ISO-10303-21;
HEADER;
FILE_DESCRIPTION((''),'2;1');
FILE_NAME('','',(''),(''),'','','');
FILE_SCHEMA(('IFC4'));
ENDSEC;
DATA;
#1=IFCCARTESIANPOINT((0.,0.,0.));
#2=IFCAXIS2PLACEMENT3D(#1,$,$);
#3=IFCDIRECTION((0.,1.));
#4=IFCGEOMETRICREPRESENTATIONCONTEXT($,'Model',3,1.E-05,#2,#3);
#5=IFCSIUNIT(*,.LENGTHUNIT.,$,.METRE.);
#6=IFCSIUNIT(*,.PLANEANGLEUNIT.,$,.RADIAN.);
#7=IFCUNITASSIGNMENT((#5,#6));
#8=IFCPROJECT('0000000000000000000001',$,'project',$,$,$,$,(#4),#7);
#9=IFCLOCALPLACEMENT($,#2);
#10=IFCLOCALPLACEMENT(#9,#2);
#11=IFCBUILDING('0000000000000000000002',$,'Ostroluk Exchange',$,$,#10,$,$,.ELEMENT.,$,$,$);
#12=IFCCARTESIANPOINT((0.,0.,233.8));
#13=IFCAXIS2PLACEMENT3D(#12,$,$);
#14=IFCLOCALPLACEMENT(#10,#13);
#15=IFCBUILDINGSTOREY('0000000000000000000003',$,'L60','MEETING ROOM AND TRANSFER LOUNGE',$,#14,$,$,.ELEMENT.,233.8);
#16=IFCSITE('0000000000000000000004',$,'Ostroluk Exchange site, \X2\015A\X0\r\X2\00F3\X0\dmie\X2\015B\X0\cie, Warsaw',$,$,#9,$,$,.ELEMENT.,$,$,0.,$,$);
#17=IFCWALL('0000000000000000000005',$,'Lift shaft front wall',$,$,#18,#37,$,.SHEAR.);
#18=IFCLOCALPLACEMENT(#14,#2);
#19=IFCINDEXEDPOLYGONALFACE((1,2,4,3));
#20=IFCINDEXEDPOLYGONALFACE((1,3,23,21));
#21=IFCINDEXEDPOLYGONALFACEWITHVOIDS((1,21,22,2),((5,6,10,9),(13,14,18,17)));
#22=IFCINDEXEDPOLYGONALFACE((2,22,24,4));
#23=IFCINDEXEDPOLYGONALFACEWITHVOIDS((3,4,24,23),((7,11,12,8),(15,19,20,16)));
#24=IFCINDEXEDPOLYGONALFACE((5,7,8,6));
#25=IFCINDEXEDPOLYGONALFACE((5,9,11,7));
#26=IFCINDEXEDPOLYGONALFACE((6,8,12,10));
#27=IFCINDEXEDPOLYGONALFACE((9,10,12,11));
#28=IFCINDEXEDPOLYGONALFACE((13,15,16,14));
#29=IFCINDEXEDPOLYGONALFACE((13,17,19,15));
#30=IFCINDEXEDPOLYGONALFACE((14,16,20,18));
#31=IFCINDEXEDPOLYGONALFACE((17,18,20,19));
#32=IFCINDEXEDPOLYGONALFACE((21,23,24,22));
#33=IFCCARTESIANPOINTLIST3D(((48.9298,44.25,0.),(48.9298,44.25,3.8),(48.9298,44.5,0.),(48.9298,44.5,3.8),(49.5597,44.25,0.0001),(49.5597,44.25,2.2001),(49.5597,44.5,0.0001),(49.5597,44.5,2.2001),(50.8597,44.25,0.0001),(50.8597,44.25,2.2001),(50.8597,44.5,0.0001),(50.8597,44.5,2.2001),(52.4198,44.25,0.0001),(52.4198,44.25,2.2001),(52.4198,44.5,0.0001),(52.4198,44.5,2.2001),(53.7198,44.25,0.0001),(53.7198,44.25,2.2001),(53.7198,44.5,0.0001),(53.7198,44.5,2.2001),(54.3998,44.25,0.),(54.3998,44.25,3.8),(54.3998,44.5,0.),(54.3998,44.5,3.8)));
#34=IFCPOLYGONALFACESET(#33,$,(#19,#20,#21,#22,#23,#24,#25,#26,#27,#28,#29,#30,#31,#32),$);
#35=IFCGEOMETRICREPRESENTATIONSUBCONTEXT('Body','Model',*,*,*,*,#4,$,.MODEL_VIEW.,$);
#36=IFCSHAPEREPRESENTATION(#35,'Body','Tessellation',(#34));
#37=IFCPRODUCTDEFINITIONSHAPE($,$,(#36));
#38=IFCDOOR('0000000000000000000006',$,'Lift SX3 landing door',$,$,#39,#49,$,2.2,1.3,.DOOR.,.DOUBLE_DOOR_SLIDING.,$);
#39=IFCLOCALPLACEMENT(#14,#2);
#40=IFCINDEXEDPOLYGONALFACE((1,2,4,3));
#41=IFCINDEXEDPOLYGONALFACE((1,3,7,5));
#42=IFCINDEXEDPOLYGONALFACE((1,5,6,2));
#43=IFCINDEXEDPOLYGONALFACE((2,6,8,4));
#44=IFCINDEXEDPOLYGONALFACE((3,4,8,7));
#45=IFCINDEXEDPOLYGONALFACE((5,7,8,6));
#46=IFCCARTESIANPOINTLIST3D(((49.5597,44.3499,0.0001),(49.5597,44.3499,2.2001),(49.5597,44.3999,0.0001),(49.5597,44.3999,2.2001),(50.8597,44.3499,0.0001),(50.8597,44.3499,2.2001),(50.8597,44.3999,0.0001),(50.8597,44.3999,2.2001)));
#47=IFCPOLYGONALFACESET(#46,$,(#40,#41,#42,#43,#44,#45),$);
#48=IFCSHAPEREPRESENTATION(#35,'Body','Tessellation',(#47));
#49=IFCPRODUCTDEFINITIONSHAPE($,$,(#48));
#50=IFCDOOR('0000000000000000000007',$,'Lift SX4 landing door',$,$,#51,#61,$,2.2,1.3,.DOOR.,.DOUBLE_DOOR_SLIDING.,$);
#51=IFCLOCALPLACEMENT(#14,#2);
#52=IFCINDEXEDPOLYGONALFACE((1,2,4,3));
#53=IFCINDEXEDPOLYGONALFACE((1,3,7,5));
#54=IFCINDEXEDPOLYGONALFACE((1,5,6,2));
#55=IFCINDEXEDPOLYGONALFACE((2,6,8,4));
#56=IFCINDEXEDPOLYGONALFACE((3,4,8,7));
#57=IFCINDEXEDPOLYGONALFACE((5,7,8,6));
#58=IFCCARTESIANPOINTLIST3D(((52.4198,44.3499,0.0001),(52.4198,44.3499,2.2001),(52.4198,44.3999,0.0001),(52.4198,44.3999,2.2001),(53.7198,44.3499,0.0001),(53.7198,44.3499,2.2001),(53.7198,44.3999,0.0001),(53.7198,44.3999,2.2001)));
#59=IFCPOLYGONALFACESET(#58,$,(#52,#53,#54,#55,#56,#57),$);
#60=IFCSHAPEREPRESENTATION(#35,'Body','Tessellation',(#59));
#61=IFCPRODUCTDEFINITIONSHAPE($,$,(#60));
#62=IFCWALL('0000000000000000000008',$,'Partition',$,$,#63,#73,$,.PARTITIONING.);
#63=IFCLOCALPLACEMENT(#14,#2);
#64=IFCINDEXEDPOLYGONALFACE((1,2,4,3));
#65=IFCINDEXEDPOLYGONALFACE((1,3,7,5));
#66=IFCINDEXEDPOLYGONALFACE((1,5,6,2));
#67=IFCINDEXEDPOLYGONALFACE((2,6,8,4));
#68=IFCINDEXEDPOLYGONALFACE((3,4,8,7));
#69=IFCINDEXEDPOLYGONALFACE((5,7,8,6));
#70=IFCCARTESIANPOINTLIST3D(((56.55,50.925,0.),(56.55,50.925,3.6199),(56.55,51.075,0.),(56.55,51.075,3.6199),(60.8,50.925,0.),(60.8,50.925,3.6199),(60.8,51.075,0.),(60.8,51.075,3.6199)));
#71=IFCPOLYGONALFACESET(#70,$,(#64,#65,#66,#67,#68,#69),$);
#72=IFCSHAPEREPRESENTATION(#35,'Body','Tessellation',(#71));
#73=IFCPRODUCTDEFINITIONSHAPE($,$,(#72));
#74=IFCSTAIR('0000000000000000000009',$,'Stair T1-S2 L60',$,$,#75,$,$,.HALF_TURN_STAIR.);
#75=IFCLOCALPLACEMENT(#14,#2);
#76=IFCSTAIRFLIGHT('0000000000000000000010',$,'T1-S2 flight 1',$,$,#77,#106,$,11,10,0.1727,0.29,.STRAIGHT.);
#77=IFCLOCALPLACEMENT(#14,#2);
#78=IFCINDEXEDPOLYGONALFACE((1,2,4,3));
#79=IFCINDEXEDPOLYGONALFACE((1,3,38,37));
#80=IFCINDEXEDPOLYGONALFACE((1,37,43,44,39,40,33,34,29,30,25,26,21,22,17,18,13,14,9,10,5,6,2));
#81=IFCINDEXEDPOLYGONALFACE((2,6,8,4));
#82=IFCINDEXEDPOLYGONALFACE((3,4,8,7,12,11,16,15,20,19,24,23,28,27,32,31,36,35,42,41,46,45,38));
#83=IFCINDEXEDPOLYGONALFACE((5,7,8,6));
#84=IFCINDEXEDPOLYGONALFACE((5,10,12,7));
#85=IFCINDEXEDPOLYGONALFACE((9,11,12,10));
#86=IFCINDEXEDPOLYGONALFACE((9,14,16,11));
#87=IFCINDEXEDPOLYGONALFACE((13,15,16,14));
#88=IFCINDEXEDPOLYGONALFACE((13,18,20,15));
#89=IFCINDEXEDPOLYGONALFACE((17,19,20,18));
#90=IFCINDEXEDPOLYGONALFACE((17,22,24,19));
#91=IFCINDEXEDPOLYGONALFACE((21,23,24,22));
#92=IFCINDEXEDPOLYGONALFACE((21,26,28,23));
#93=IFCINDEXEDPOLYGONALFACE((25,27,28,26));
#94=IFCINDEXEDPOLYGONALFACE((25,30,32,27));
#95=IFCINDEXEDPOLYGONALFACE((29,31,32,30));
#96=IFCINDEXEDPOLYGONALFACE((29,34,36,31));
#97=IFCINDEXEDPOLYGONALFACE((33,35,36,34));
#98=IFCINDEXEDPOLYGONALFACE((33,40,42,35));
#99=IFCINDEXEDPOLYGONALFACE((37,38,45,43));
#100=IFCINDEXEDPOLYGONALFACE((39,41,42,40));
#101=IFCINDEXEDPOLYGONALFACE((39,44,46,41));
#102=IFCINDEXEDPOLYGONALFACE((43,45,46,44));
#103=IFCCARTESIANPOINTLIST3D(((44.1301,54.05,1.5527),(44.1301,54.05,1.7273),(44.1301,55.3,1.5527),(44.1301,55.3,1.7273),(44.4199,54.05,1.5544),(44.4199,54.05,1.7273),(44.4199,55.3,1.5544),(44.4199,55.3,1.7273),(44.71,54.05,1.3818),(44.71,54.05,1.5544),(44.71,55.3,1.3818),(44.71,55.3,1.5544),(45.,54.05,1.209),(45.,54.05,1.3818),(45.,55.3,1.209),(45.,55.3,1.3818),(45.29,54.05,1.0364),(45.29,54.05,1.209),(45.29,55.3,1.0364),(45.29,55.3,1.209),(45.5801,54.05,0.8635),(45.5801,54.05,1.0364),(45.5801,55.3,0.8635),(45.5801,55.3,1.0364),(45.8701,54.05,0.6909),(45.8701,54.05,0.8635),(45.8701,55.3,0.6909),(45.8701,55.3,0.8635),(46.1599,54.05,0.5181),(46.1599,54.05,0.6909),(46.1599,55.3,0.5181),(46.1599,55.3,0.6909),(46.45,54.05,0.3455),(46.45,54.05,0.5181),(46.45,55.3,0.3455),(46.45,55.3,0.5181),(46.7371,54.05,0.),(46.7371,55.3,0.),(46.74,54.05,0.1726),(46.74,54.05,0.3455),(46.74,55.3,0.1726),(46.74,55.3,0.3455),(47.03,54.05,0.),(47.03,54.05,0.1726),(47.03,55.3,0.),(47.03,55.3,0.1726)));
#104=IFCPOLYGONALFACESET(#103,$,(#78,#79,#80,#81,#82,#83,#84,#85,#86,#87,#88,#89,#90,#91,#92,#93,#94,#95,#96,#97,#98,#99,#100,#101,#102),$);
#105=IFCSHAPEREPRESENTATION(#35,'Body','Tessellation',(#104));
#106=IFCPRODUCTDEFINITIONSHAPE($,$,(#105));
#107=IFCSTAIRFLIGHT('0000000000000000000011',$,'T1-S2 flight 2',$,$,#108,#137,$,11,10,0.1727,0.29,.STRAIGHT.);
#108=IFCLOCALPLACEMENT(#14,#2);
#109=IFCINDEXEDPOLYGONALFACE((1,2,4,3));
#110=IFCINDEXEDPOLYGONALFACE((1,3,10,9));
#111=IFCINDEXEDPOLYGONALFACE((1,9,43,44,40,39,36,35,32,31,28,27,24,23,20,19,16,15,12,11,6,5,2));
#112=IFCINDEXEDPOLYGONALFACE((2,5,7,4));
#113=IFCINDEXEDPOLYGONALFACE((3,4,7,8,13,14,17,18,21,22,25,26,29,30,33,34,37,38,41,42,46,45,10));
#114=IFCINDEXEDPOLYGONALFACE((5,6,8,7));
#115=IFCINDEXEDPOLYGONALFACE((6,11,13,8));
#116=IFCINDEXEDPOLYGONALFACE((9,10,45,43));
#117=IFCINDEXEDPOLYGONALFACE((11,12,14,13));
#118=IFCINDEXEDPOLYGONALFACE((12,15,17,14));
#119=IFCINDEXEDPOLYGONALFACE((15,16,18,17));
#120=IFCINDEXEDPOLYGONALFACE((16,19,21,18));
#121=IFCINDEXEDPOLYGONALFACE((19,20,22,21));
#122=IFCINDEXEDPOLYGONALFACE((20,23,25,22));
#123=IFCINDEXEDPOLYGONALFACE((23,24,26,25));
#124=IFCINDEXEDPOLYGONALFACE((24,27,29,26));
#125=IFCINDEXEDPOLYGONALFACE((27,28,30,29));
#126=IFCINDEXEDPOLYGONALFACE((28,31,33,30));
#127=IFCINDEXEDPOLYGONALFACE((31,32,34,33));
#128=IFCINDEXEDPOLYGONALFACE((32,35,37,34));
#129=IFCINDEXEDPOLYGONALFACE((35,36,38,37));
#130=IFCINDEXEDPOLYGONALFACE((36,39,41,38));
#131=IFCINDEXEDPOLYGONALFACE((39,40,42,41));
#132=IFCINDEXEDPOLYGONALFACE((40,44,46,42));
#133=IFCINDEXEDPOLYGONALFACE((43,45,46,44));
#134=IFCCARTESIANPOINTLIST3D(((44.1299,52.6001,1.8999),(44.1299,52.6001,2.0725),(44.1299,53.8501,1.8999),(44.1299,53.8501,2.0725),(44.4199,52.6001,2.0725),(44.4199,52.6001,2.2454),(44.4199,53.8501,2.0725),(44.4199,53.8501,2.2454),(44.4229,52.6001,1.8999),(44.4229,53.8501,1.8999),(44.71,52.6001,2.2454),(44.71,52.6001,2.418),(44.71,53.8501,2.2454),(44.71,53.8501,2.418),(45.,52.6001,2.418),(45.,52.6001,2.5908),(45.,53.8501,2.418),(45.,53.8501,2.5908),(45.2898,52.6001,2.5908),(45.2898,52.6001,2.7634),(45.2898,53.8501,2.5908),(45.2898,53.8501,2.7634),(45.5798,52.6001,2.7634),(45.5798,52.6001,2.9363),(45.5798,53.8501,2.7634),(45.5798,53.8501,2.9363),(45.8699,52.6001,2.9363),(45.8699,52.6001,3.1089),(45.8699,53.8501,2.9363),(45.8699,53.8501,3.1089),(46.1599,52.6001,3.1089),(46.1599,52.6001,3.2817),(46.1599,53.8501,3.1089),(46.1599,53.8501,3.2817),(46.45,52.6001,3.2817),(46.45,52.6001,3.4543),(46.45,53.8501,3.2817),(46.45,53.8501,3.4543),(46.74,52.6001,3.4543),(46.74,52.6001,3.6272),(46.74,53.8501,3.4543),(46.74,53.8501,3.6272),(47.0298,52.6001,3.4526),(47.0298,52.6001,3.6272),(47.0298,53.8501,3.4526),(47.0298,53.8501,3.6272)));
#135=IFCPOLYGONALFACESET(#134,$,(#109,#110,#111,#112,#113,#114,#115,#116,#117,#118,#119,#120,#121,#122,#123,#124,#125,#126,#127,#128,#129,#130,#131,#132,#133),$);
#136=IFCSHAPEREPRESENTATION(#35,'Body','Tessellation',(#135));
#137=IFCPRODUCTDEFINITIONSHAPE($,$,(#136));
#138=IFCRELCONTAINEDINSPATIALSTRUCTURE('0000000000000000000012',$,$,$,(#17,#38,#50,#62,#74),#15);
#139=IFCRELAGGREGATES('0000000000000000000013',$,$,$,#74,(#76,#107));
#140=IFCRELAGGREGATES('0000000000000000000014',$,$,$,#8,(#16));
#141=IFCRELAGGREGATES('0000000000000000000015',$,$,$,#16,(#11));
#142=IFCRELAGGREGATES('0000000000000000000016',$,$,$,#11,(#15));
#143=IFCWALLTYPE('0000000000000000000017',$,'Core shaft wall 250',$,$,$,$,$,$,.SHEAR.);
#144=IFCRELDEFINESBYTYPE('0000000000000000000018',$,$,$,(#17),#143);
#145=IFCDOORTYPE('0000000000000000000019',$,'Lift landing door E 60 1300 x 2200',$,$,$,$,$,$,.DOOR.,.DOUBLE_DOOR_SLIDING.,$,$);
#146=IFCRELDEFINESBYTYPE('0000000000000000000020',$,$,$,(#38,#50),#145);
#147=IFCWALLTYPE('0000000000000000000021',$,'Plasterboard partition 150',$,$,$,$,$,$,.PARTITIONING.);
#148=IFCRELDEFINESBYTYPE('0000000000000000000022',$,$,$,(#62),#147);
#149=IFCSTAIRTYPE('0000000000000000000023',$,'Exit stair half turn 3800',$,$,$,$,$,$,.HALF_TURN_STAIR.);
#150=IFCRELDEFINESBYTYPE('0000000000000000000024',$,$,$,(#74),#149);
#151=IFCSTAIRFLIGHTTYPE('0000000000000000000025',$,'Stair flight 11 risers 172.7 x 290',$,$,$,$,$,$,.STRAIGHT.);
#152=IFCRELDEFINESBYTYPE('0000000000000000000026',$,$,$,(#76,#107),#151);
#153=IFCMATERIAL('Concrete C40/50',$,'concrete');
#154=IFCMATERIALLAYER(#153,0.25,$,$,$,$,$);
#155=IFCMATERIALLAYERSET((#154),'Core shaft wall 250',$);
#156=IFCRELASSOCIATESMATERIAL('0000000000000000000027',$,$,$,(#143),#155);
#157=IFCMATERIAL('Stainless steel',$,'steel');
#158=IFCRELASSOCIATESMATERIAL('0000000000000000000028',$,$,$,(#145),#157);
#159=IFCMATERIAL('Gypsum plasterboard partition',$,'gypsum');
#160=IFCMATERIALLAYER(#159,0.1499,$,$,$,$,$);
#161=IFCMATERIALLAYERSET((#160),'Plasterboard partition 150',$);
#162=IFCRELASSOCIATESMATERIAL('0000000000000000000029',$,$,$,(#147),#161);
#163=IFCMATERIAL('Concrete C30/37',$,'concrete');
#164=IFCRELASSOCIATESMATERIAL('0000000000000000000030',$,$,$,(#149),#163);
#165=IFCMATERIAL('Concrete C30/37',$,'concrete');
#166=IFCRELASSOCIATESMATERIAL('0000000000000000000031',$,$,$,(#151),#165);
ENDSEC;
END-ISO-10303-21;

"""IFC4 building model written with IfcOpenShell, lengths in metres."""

from ifc_helpers import new_model, si_unit, direction, frame, frame_2d, origin, place, context, subcontext, project, spatial, polyline, rectangle, outline, extrude, material, layer, layer_set, type_object, element, fill, aggregate, save


model = new_model("IFC4")

# Units and contexts
model_context = context("Model", 3, precision=1e-05, world=origin(), true_north=direction((0.0, 1.0)))
body_context = subcontext(model_context, "Body", "Model", "MODEL_VIEW")
ifc_project = project(units=[si_unit("LENGTHUNIT", "METRE"), si_unit("PLANEANGLEUNIT", "RADIAN")], contexts=[model_context])

# Site, building, storey
site_placement = place(None, origin())
site = spatial("IfcSite", under=ifc_project, at=site_placement, Name="Ostroluk Exchange site, Śródmieście, Warsaw", CompositionType="ELEMENT", RefElevation=0.0)
building_placement = place(site_placement, origin())
building = spatial("IfcBuilding", under=site, at=building_placement, Name="Ostroluk Exchange", CompositionType="ELEMENT")
storey_placement = place(building_placement, frame((0.0, 0.0, 233.8)))
storey = spatial("IfcBuildingStorey", under=building, at=storey_placement, Name="L60", Description="MEETING ROOM AND TRANSFER LOUNGE", CompositionType="ELEMENT", Elevation=233.8)

# Shared definitions
ifc_material_1 = material(Name="Concrete C40/50", Category="concrete")
ifc_layer_1 = layer(ifc_material_1, 0.25)
ifc_layer_set_1 = layer_set([ifc_layer_1], Name="Core shaft wall 250")
wall_type_1 = type_object("IfcWallType", Name="Core shaft wall 250", PredefinedType="SHEAR", material=ifc_layer_set_1)
ifc_material_2 = material(Name="Stainless steel", Category="steel")
door_type_1 = type_object("IfcDoorType", Name="Lift landing door E 60 1300 x 2200", OperationType="DOUBLE_DOOR_SLIDING", PredefinedType="DOOR", material=ifc_material_2)

# Wall, openings, doors
wall_1_placement = place(storey_placement, frame((48.9299, 44.375, 0.0), z_axis=(0.0, 0.0, 1.0), x_axis=(1.0, 0.0, 0.0)))
wall_1 = element("IfcWall", 1, at=wall_1_placement, inside=storey, type_object=wall_type_1, Name="Lift shaft front wall", PredefinedType="SHEAR", context=body_context, shape_type="SweptSolid", body=[
    extrude(rectangle(XDim=5.47, YDim=0.25, at=frame_2d((2.7349, 0.0))), origin(), (0.0, 0.0, 1.0), 3.8),
])
opening_1_placement = place(wall_1_placement, frame((0.6299, 0.0, 0.0)))
opening_1 = element("IfcOpeningElement", 2, at=opening_1_placement, cuts=wall_1, PredefinedType="OPENING", context=body_context, shape_type="SweptSolid", body=[
    extrude(rectangle(XDim=1.3, YDim=2.2, at=frame_2d((0.6499, 1.1001))), frame((0.0, 0.135, 0.0), z_axis=(0.0, -1.0, 0.0), x_axis=(1.0, 0.0, 0.0)), (0.0, 0.0, 1.0), 0.27),
])
opening_2_placement = place(wall_1_placement, frame((3.49, 0.0, 0.0)))
opening_2 = element("IfcOpeningElement", 3, at=opening_2_placement, cuts=wall_1, PredefinedType="OPENING", context=body_context, shape_type="SweptSolid", body=[
    extrude(rectangle(XDim=1.3, YDim=2.2, at=frame_2d((0.6499, 1.1001))), frame((0.0, 0.135, 0.0), z_axis=(0.0, -1.0, 0.0), x_axis=(1.0, 0.0, 0.0)), (0.0, 0.0, 1.0), 0.27),
])
door_1_placement = place(opening_1_placement, origin())
door_1 = element("IfcDoor", 4, at=door_1_placement, inside=storey, type_object=door_type_1, Name="Lift SX3 landing door", OperationType="DOUBLE_DOOR_SLIDING", OverallHeight=2.2, OverallWidth=1.3, PredefinedType="DOOR", context=body_context, shape_type="SweptSolid", body=[
    extrude(rectangle(XDim=1.3, YDim=2.2, at=frame_2d((0.6499, 1.1001))), frame((0.0, 0.0249, 0.0), z_axis=(0.0, -1.0, 0.0), x_axis=(1.0, 0.0, 0.0)), (0.0, 0.0, 1.0), 0.05),
])
fill(opening_1, door_1)
door_2_placement = place(opening_2_placement, origin())
door_2 = element("IfcDoor", 5, at=door_2_placement, inside=storey, type_object=door_type_1, Name="Lift SX4 landing door", OperationType="DOUBLE_DOOR_SLIDING", OverallHeight=2.2, OverallWidth=1.3, PredefinedType="DOOR", context=body_context, shape_type="SweptSolid", body=[
    extrude(rectangle(XDim=1.3, YDim=2.2, at=frame_2d((0.6499, 1.1001))), frame((0.0, 0.0249, 0.0), z_axis=(0.0, -1.0, 0.0), x_axis=(1.0, 0.0, 0.0)), (0.0, 0.0, 1.0), 0.05),
])
fill(opening_2, door_2)

# Wall
ifc_material_3 = material(Name="Gypsum plasterboard partition", Category="gypsum")
ifc_layer_2 = layer(ifc_material_3, 0.1499)
ifc_layer_set_2 = layer_set([ifc_layer_2], Name="Plasterboard partition 150")
wall_type_2 = type_object("IfcWallType", Name="Plasterboard partition 150", PredefinedType="PARTITIONING", material=ifc_layer_set_2)
wall_2_placement = place(storey_placement, frame((56.55, 51.0, 0.0), z_axis=(0.0, 0.0, 1.0), x_axis=(1.0, 0.0, 0.0)))
element("IfcWall", 6, at=wall_2_placement, inside=storey, type_object=wall_type_2, Name="Partition", PredefinedType="PARTITIONING", context=body_context, shape_type="SweptSolid", body=[
    extrude(rectangle(XDim=4.25, YDim=0.1499, at=frame_2d((2.125, 0.0))), origin(), (0.0, 0.0, 1.0), 3.6199),
])

# Stair, stair flights
ifc_material_4 = material(Name="Concrete C30/37", Category="concrete")
stair_type = type_object("IfcStairType", Name="Exit stair half turn 3800", PredefinedType="HALF_TURN_STAIR", material=ifc_material_4)
stair_placement = place(storey_placement, origin())
stair = element("IfcStair", 7, at=stair_placement, inside=storey, type_object=stair_type, Name="Stair T1-S2 L60", PredefinedType="HALF_TURN_STAIR")
ifc_material_5 = material(Name="Concrete C30/37", Category="concrete")
stair_flight_type = type_object("IfcStairFlightType", Name="Stair flight 11 risers 172.7 x 290", PredefinedType="STRAIGHT", material=ifc_material_5)
stair_flight_1_placement = place(storey_placement, frame((47.03, 54.675, 0.0), z_axis=(0.0, 0.0, 1.0), x_axis=(-1.0, 0.0, 0.0)))
stair_flight_1 = element("IfcStairFlight", 8, at=stair_flight_1_placement, type_object=stair_flight_type, Name="T1-S2 flight 1", NumberOfRisers=11, NumberOfTreads=10, PredefinedType="STRAIGHT", RiserHeight=0.1727, TreadLength=0.29, context=body_context, shape_type="SweptSolid", body=[
    extrude(outline(polyline([(0.0, 0.0), (0.0, 0.1726), (0.29, 0.1726), (0.29, 0.3455), (0.5801, 0.3455), (0.5801, 0.5181), (0.8701, 0.5181), (0.8701, 0.6909), (1.1599, 0.6909), (1.1599, 0.8635), (1.45, 0.8635), (1.45, 1.0364), (1.74, 1.0364), (1.74, 1.209), (2.03, 1.209), (2.03, 1.3818), (2.3201, 1.3818), (2.3201, 1.5544), (2.6101, 1.5544), (2.6101, 1.7273), (2.8999, 1.7273), (2.8999, 1.8999), (2.8999, 1.5527), (0.293, 0.0), (0.0, 0.0)])), frame((0.0, 0.625, 0.0), z_axis=(0.0, -1.0, 0.0), x_axis=(1.0, 0.0, 0.0)), (0.0, 0.0, 1.0), 1.25),
])
stair_flight_2_placement = place(storey_placement, frame((44.1299, 53.2251, 1.8999), z_axis=(0.0, 0.0, 1.0), x_axis=(1.0, 0.0, 0.0)))
stair_flight_2 = element("IfcStairFlight", 9, at=stair_flight_2_placement, type_object=stair_flight_type, Name="T1-S2 flight 2", NumberOfRisers=11, NumberOfTreads=10, PredefinedType="STRAIGHT", RiserHeight=0.1727, TreadLength=0.29, context=body_context, shape_type="SweptSolid", body=[
    extrude(outline(polyline([(0.0, 0.0), (0.0, 0.1726), (0.29, 0.1726), (0.29, 0.3455), (0.5801, 0.3455), (0.5801, 0.5181), (0.8701, 0.5181), (0.8701, 0.6909), (1.1599, 0.6909), (1.1599, 0.8635), (1.45, 0.8635), (1.45, 1.0364), (1.74, 1.0364), (1.74, 1.209), (2.03, 1.209), (2.03, 1.3818), (2.3201, 1.3818), (2.3201, 1.5544), (2.6101, 1.5544), (2.6101, 1.7273), (2.8999, 1.7273), (2.8999, 1.8999), (2.8999, 1.5527), (0.293, 0.0), (0.0, 0.0)])), frame((0.0, 0.625, 0.0), z_axis=(0.0, -1.0, 0.0), x_axis=(1.0, 0.0, 0.0)), (0.0, 0.0, 1.0), 1.25),
])
aggregate(stair, [stair_flight_1, stair_flight_2])

save(model, "model.ifc")
